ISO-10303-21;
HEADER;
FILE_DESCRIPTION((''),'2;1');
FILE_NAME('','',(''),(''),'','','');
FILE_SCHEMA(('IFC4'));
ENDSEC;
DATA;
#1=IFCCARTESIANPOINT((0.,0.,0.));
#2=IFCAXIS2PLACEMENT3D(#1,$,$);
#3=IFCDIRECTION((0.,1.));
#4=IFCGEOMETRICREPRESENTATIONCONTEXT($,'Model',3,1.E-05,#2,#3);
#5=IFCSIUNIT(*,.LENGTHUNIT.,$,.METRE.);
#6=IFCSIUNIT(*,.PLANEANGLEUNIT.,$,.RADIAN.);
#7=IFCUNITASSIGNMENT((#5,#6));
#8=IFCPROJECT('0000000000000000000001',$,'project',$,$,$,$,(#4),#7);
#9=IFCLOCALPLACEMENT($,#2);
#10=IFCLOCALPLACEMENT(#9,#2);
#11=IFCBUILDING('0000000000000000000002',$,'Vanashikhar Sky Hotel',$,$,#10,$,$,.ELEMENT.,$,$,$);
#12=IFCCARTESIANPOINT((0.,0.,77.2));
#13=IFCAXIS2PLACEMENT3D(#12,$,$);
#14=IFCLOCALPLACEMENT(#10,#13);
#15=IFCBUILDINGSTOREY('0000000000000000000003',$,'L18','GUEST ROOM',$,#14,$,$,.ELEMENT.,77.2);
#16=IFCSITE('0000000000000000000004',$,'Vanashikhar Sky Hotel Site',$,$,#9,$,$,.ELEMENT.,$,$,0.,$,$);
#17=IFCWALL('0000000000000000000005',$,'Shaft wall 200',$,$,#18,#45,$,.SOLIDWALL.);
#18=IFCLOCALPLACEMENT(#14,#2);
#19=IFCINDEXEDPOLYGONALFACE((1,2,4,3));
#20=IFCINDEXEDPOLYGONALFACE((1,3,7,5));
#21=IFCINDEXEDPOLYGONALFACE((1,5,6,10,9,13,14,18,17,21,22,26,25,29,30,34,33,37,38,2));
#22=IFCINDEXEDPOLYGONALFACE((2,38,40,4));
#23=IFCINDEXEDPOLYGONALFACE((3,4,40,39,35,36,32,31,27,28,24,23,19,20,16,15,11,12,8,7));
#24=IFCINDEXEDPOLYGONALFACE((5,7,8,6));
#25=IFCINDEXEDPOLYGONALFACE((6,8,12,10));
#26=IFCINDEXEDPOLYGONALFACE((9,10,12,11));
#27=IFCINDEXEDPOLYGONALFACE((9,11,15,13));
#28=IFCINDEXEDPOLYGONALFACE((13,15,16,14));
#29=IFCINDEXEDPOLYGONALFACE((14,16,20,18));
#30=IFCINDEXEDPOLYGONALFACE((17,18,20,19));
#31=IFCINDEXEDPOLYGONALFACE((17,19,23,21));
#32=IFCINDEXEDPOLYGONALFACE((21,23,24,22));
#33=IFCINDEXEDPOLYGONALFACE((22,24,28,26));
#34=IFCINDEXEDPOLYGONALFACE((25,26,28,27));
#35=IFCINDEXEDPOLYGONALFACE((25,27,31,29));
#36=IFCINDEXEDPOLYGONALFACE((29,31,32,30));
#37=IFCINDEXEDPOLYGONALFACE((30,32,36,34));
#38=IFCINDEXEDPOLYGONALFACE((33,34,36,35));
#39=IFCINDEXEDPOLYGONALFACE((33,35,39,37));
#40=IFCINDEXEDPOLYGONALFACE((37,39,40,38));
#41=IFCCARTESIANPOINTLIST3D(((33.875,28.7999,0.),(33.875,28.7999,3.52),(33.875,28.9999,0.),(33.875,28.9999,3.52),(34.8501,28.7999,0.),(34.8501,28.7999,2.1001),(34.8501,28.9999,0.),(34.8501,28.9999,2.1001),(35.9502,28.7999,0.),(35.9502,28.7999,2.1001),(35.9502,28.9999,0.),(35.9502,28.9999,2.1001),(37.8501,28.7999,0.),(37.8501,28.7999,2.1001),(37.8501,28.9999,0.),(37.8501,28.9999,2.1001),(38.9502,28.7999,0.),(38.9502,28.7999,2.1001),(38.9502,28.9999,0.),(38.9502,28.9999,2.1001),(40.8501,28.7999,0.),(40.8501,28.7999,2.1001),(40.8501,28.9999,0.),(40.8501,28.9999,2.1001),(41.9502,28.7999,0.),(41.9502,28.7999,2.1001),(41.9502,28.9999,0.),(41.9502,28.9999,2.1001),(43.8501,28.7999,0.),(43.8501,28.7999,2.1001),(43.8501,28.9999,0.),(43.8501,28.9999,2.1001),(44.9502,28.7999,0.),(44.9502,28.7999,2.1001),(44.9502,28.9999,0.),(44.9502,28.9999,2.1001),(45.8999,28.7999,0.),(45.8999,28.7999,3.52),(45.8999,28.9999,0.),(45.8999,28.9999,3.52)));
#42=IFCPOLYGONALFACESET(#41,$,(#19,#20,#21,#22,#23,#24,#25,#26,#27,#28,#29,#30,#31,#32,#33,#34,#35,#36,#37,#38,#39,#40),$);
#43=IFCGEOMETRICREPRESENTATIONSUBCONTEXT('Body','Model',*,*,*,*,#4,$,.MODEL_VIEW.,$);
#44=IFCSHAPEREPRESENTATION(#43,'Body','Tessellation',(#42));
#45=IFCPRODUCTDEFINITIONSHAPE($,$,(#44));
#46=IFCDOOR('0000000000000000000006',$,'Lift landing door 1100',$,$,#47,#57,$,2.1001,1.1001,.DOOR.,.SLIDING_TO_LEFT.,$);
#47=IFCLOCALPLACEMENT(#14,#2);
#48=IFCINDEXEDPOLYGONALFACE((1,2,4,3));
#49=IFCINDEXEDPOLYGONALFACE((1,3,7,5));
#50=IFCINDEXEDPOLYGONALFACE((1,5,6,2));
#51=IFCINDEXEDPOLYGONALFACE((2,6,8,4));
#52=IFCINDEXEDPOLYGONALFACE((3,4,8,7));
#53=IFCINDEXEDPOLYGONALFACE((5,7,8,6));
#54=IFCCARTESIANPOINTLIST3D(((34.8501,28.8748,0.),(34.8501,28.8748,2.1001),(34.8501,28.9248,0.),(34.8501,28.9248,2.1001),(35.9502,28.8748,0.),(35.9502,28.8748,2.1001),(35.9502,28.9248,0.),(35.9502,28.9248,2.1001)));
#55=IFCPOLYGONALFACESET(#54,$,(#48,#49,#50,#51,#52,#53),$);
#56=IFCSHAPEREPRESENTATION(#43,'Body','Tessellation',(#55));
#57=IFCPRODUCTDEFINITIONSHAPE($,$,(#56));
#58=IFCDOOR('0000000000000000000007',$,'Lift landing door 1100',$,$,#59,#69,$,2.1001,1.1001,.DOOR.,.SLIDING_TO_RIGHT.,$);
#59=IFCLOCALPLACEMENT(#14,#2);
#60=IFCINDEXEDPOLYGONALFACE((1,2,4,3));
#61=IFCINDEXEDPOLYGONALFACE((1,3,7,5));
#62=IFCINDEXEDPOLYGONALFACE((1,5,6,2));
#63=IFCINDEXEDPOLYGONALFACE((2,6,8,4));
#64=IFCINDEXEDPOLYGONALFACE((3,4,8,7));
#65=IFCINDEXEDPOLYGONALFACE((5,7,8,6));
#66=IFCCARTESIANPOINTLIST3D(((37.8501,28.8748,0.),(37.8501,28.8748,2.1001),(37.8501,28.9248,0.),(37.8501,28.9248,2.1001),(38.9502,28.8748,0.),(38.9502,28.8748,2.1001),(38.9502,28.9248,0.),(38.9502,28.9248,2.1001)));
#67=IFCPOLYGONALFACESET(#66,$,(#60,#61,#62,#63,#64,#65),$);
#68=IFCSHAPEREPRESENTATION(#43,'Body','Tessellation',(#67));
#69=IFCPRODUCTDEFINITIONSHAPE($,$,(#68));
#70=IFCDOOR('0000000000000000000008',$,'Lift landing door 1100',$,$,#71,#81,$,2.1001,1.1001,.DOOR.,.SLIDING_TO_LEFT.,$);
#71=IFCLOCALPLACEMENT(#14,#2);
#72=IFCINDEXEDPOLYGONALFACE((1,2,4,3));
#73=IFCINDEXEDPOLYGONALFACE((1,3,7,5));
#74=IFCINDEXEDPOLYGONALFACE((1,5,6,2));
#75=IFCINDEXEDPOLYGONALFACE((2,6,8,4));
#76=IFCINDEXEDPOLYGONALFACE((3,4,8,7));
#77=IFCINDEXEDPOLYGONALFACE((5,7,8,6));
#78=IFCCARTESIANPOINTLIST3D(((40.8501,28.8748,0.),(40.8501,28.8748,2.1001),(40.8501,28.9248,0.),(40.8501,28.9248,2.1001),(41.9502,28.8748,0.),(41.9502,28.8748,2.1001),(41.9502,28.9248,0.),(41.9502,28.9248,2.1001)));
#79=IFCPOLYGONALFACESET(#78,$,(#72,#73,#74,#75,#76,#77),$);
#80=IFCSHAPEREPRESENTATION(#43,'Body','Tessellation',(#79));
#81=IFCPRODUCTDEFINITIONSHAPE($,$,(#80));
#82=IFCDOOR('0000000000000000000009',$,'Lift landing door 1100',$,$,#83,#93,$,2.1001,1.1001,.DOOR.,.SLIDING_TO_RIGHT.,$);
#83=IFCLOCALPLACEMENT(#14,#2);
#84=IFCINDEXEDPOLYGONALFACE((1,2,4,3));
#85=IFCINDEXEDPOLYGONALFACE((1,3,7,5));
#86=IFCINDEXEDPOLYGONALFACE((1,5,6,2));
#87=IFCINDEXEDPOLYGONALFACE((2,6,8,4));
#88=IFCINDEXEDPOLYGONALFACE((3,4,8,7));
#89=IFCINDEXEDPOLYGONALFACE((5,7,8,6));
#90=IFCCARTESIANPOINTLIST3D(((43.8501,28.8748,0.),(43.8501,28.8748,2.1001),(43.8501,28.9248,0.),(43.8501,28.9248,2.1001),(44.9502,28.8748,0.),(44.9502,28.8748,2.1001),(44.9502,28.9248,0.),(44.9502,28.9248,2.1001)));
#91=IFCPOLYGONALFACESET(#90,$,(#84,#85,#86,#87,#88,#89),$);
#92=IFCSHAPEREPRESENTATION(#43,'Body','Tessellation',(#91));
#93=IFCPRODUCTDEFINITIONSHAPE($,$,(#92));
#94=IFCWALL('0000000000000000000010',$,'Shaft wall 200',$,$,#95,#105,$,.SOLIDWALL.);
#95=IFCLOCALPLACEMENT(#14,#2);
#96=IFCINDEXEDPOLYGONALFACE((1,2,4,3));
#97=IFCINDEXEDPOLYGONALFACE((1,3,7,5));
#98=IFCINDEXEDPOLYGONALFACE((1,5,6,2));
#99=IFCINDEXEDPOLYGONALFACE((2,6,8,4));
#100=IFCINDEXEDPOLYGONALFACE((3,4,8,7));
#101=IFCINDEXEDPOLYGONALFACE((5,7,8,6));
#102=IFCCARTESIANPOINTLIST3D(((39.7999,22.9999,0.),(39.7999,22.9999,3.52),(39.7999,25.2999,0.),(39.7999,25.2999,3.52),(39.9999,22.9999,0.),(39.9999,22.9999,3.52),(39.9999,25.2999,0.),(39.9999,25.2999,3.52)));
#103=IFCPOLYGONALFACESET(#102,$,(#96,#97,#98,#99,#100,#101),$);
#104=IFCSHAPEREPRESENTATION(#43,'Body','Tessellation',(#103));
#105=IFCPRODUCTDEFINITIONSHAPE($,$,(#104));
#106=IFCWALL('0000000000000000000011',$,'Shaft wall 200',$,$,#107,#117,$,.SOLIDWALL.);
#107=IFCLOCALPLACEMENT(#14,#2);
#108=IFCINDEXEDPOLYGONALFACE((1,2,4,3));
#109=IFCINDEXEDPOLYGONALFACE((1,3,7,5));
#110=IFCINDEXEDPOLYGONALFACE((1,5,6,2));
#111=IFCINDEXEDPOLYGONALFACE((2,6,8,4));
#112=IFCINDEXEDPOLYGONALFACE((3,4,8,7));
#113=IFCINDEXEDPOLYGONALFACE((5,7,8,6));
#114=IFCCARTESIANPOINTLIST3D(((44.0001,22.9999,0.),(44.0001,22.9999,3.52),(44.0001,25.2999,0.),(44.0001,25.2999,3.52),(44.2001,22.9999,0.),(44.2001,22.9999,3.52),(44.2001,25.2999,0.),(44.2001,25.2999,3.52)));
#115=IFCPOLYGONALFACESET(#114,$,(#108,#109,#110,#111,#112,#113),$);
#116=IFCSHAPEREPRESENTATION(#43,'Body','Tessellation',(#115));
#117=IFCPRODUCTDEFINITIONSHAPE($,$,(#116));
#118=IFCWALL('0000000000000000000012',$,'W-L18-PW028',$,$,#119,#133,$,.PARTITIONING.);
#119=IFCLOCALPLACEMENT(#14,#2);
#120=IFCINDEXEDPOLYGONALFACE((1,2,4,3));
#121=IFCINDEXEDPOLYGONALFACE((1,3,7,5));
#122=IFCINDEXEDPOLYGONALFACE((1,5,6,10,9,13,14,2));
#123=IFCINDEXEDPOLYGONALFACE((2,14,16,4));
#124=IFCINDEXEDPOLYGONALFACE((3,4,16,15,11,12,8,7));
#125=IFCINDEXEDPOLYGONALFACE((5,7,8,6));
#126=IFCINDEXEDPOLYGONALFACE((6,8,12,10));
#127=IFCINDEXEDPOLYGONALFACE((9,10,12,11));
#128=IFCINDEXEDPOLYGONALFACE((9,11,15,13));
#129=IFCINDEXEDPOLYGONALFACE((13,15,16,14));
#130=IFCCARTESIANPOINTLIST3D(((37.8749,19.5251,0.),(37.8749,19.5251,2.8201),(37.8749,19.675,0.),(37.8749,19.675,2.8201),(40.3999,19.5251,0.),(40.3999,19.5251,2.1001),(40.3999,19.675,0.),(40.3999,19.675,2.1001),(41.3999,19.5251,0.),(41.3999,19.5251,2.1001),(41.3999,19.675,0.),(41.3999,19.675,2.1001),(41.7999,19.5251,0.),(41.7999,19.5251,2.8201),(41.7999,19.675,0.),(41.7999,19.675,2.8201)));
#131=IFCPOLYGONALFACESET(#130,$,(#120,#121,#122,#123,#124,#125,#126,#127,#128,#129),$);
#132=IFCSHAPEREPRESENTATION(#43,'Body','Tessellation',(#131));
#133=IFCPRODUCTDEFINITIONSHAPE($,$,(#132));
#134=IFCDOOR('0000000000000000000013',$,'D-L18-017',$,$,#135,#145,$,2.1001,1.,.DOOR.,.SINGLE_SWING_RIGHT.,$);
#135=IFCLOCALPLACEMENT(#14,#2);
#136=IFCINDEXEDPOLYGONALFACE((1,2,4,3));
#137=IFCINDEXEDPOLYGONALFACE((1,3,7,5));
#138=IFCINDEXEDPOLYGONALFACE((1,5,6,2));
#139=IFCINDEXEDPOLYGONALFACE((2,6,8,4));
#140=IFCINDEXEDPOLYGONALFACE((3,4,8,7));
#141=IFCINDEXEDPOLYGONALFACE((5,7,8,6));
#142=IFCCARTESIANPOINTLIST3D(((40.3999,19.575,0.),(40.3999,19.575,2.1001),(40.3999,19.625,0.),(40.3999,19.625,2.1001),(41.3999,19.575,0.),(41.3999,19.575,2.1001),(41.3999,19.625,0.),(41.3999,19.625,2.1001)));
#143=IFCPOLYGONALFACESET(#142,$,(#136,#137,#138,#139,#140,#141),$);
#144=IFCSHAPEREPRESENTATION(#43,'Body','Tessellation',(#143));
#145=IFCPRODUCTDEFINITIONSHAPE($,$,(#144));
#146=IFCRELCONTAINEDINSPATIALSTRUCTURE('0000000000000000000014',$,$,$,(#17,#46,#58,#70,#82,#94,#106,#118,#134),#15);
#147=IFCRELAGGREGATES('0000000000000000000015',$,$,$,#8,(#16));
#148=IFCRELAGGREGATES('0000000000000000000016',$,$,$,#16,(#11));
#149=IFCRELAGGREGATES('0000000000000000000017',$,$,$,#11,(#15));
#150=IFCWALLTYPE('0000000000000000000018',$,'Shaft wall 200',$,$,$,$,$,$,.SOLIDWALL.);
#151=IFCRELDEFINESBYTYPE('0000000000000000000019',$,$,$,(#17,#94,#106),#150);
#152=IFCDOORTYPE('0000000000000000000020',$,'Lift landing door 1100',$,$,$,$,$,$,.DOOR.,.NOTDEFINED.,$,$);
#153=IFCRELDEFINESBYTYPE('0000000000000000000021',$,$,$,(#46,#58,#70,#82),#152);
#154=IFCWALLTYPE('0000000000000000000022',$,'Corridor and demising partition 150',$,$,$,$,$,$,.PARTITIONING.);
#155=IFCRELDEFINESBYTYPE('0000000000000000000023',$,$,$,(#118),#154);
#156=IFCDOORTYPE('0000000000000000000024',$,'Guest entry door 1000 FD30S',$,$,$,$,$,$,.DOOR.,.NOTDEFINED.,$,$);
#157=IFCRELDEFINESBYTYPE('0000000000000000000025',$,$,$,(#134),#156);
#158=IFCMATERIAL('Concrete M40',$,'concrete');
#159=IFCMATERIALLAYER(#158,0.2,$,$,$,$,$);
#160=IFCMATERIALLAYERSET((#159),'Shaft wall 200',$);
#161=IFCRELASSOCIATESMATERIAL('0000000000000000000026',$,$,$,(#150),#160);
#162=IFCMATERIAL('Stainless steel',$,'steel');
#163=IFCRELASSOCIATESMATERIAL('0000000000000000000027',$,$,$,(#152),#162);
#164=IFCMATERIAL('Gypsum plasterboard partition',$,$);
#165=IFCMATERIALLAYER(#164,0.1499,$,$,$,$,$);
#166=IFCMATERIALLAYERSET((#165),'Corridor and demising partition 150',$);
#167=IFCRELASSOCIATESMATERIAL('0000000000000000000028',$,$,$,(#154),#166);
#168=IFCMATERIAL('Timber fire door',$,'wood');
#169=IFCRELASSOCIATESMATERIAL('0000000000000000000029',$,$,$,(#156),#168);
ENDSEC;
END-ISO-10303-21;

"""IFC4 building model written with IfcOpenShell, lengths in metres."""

from ifc_helpers import new_model, si_unit, direction, frame, frame_2d, origin, place, context, subcontext, project, spatial, rectangle, extrude, source, transform, mapped, material, layer, layer_set, type_object, element, fill, save


model = new_model("IFC4")

# Units and contexts
model_context = context("Model", 3, precision=1e-05, world=origin(), true_north=direction((0.0, 1.0)))
body_context = subcontext(model_context, "Body", "Model", "MODEL_VIEW")
ifc_project = project(units=[si_unit("LENGTHUNIT", "METRE"), si_unit("PLANEANGLEUNIT", "RADIAN")], contexts=[model_context])

# Site, building, storey
site_placement = place(None, origin())
site = spatial("IfcSite", under=ifc_project, at=site_placement, Name="Vanashikhar Sky Hotel Site", CompositionType="ELEMENT", RefElevation=0.0)
building_placement = place(site_placement, origin())
building = spatial("IfcBuilding", under=site, at=building_placement, Name="Vanashikhar Sky Hotel", CompositionType="ELEMENT")
storey_placement = place(building_placement, frame((0.0, 0.0, 77.2)))
storey = spatial("IfcBuildingStorey", under=building, at=storey_placement, Name="L18", Description="GUEST ROOM", CompositionType="ELEMENT", Elevation=77.2)

# Wall, openings, doors
ifc_material_1 = material(Name="Concrete M40", Category="concrete")
ifc_layer_1 = layer(ifc_material_1, 0.2)
ifc_layer_set_1 = layer_set([ifc_layer_1], Name="Shaft wall 200")
wall_type_1 = type_object("IfcWallType", Name="Shaft wall 200", PredefinedType="SOLIDWALL", material=ifc_layer_set_1)
shared_shape_1 = source(origin(), body_context, "Body", "SweptSolid", [
    extrude(rectangle(XDim=1.1001, YDim=2.1001, at=frame_2d((0.55, 1.05))), frame((0.0, 0.1099, 0.0), z_axis=(0.0, -1.0, 0.0), x_axis=(1.0, 0.0, 0.0)), (0.0, 0.0, 1.0), 0.22),
])
ifc_material_2 = material(Name="Stainless steel", Category="steel")
door_type_1 = type_object("IfcDoorType", Name="Lift landing door 1100", OperationType="NOTDEFINED", PredefinedType="DOOR", material=ifc_material_2)
shared_shape_2 = source(origin(), body_context, "Body", "SweptSolid", [
    extrude(rectangle(XDim=1.1001, YDim=2.1001, at=frame_2d((0.55, 1.05))), frame((0.0, 0.0249, 0.0), z_axis=(0.0, -1.0, 0.0), x_axis=(1.0, 0.0, 0.0)), (0.0, 0.0, 1.0), 0.05),
])
shared_shape_3 = source(origin(), body_context, "Body", "SweptSolid", [
    extrude(rectangle(XDim=12.0249, YDim=0.2, at=frame_2d((6.0125, 0.0))), origin(), (0.0, 0.0, 1.0), 3.52),
])
wall_1_placement = place(storey_placement, frame((33.875, 28.8999, 0.0), z_axis=(0.0, 0.0, 1.0), x_axis=(1.0, 0.0, 0.0)))
wall_1 = element("IfcWall", 1, at=wall_1_placement, inside=storey, type_object=wall_type_1, Name="Shaft wall 200", PredefinedType="SOLIDWALL", context=body_context, shape_type="MappedRepresentation", body=[
    mapped(shared_shape_3, transform((0.0, 0.0, 0.0), scale=1.0)),
])
opening_1_placement = place(wall_1_placement, frame((0.9751, 0.0, 0.0)))
opening_1 = element("IfcOpeningElement", 2, at=opening_1_placement, cuts=wall_1, PredefinedType="OPENING", context=body_context, shape_type="MappedRepresentation", body=[
    mapped(shared_shape_1, transform((0.0, 0.0, 0.0), scale=1.0)),
])
opening_2_placement = place(wall_1_placement, frame((3.9751, 0.0, 0.0)))
opening_2 = element("IfcOpeningElement", 3, at=opening_2_placement, cuts=wall_1, PredefinedType="OPENING", context=body_context, shape_type="MappedRepresentation", body=[
    mapped(shared_shape_1, transform((0.0, 0.0, 0.0), scale=1.0)),
])
opening_3_placement = place(wall_1_placement, frame((6.9751, 0.0, 0.0)))
opening_3 = element("IfcOpeningElement", 4, at=opening_3_placement, cuts=wall_1, PredefinedType="OPENING", context=body_context, shape_type="MappedRepresentation", body=[
    mapped(shared_shape_1, transform((0.0, 0.0, 0.0), scale=1.0)),
])
opening_4_placement = place(wall_1_placement, frame((9.9751, 0.0, 0.0)))
opening_4 = element("IfcOpeningElement", 5, at=opening_4_placement, cuts=wall_1, PredefinedType="OPENING", context=body_context, shape_type="MappedRepresentation", body=[
    mapped(shared_shape_1, transform((0.0, 0.0, 0.0), scale=1.0)),
])
door_1_placement = place(opening_1_placement, origin())
door_1 = element("IfcDoor", 6, at=door_1_placement, inside=storey, type_object=door_type_1, Name="Lift landing door 1100", OperationType="SLIDING_TO_LEFT", OverallHeight=2.1001, OverallWidth=1.1001, PredefinedType="DOOR", context=body_context, shape_type="MappedRepresentation", body=[
    mapped(shared_shape_2, transform((0.0, 0.0, 0.0), scale=1.0)),
])
fill(opening_1, door_1)
door_2_placement = place(opening_2_placement, origin())
door_2 = element("IfcDoor", 7, at=door_2_placement, inside=storey, type_object=door_type_1, Name="Lift landing door 1100", OperationType="SLIDING_TO_RIGHT", OverallHeight=2.1001, OverallWidth=1.1001, PredefinedType="DOOR", context=body_context, shape_type="MappedRepresentation", body=[
    mapped(shared_shape_2, transform((0.0, 0.0, 0.0), scale=1.0)),
])
fill(opening_2, door_2)
door_3_placement = place(opening_3_placement, origin())
door_3 = element("IfcDoor", 8, at=door_3_placement, inside=storey, type_object=door_type_1, Name="Lift landing door 1100", OperationType="SLIDING_TO_LEFT", OverallHeight=2.1001, OverallWidth=1.1001, PredefinedType="DOOR", context=body_context, shape_type="MappedRepresentation", body=[
    mapped(shared_shape_2, transform((0.0, 0.0, 0.0), scale=1.0)),
])
fill(opening_3, door_3)
door_4_placement = place(opening_4_placement, origin())
door_4 = element("IfcDoor", 9, at=door_4_placement, inside=storey, type_object=door_type_1, Name="Lift landing door 1100", OperationType="SLIDING_TO_RIGHT", OverallHeight=2.1001, OverallWidth=1.1001, PredefinedType="DOOR", context=body_context, shape_type="MappedRepresentation", body=[
    mapped(shared_shape_2, transform((0.0, 0.0, 0.0), scale=1.0)),
])
fill(opening_4, door_4)

# Walls
shared_shape_4 = source(origin(), body_context, "Body", "SweptSolid", [
    extrude(rectangle(XDim=2.3, YDim=0.2, at=frame_2d((1.1499, 0.0))), origin(), (0.0, 0.0, 1.0), 3.52),
])
for number, where, z_axis, x_axis, name in (
    (10, (39.8999, 23.0, 0.0), (0.0, 0.0, 1.0), (0.0, 1.0, 0.0), "Shaft wall 200"),
    (11, (44.1001, 23.0, 0.0), (0.0, 0.0, 1.0), (0.0, 1.0, 0.0), "Shaft wall 200"),
):
    element("IfcWall", number, at=place(storey_placement, frame(where, z_axis=z_axis, x_axis=x_axis)), inside=storey, type_object=wall_type_1, Name=name, PredefinedType="SOLIDWALL", context=body_context, shape_type="MappedRepresentation", body=[
        mapped(shared_shape_4, transform((0.0, 0.0, 0.0), scale=1.0)),
    ])

# Wall, opening, door
ifc_material_3 = material(Name="Gypsum plasterboard partition")
ifc_layer_2 = layer(ifc_material_3, 0.1499)
ifc_layer_set_2 = layer_set([ifc_layer_2], Name="Corridor and demising partition 150")
wall_type_2 = type_object("IfcWallType", Name="Corridor and demising partition 150", PredefinedType="PARTITIONING", material=ifc_layer_set_2)
shared_shape_5 = source(origin(), body_context, "Body", "SweptSolid", [
    extrude(rectangle(XDim=3.925, YDim=0.1499, at=frame_2d((1.9624, 0.0))), origin(), (0.0, 0.0, 1.0), 2.8201),
])
wall_2_placement = place(storey_placement, frame((37.875, 19.6001, 0.0), z_axis=(0.0, 0.0, 1.0), x_axis=(1.0, 0.0, 0.0)))
wall_2 = element("IfcWall", 12, at=wall_2_placement, inside=storey, type_object=wall_type_2, Name="W-L18-PW028", PredefinedType="PARTITIONING", context=body_context, shape_type="MappedRepresentation", body=[
    mapped(shared_shape_5, transform((0.0, 0.0, 0.0), scale=1.0)),
])
shared_shape_6 = source(origin(), body_context, "Body", "SweptSolid", [
    extrude(rectangle(XDim=1.0, YDim=2.1001, at=frame_2d((0.5, 1.05))), frame((0.0, 0.085, 0.0), z_axis=(0.0, -1.0, 0.0), x_axis=(1.0, 0.0, 0.0)), (0.0, 0.0, 1.0), 0.1699),
])
opening_5_placement = place(wall_2_placement, frame((2.5249, 0.0, 0.0)))
opening_5 = element("IfcOpeningElement", 13, at=opening_5_placement, cuts=wall_2, PredefinedType="OPENING", context=body_context, shape_type="MappedRepresentation", body=[
    mapped(shared_shape_6, transform((0.0, 0.0, 0.0), scale=1.0)),
])
ifc_material_4 = material(Name="Timber fire door", Category="wood")
door_type_2 = type_object("IfcDoorType", Name="Guest entry door 1000 FD30S", OperationType="NOTDEFINED", PredefinedType="DOOR", material=ifc_material_4)
shared_shape_7 = source(origin(), body_context, "Body", "SweptSolid", [
    extrude(rectangle(XDim=1.0, YDim=2.1001, at=frame_2d((0.5, 1.05))), frame((0.0, 0.0249, 0.0), z_axis=(0.0, -1.0, 0.0), x_axis=(1.0, 0.0, 0.0)), (0.0, 0.0, 1.0), 0.05),
])
door_5_placement = place(opening_5_placement, origin())
door_5 = element("IfcDoor", 14, at=door_5_placement, inside=storey, type_object=door_type_2, Name="D-L18-017", OperationType="SINGLE_SWING_RIGHT", OverallHeight=2.1001, OverallWidth=1.0, PredefinedType="DOOR", context=body_context, shape_type="MappedRepresentation", body=[
    mapped(shared_shape_7, transform((0.0, 0.0, 0.0), scale=1.0)),
])
fill(opening_5, door_5)

save(model, "model.ifc")
